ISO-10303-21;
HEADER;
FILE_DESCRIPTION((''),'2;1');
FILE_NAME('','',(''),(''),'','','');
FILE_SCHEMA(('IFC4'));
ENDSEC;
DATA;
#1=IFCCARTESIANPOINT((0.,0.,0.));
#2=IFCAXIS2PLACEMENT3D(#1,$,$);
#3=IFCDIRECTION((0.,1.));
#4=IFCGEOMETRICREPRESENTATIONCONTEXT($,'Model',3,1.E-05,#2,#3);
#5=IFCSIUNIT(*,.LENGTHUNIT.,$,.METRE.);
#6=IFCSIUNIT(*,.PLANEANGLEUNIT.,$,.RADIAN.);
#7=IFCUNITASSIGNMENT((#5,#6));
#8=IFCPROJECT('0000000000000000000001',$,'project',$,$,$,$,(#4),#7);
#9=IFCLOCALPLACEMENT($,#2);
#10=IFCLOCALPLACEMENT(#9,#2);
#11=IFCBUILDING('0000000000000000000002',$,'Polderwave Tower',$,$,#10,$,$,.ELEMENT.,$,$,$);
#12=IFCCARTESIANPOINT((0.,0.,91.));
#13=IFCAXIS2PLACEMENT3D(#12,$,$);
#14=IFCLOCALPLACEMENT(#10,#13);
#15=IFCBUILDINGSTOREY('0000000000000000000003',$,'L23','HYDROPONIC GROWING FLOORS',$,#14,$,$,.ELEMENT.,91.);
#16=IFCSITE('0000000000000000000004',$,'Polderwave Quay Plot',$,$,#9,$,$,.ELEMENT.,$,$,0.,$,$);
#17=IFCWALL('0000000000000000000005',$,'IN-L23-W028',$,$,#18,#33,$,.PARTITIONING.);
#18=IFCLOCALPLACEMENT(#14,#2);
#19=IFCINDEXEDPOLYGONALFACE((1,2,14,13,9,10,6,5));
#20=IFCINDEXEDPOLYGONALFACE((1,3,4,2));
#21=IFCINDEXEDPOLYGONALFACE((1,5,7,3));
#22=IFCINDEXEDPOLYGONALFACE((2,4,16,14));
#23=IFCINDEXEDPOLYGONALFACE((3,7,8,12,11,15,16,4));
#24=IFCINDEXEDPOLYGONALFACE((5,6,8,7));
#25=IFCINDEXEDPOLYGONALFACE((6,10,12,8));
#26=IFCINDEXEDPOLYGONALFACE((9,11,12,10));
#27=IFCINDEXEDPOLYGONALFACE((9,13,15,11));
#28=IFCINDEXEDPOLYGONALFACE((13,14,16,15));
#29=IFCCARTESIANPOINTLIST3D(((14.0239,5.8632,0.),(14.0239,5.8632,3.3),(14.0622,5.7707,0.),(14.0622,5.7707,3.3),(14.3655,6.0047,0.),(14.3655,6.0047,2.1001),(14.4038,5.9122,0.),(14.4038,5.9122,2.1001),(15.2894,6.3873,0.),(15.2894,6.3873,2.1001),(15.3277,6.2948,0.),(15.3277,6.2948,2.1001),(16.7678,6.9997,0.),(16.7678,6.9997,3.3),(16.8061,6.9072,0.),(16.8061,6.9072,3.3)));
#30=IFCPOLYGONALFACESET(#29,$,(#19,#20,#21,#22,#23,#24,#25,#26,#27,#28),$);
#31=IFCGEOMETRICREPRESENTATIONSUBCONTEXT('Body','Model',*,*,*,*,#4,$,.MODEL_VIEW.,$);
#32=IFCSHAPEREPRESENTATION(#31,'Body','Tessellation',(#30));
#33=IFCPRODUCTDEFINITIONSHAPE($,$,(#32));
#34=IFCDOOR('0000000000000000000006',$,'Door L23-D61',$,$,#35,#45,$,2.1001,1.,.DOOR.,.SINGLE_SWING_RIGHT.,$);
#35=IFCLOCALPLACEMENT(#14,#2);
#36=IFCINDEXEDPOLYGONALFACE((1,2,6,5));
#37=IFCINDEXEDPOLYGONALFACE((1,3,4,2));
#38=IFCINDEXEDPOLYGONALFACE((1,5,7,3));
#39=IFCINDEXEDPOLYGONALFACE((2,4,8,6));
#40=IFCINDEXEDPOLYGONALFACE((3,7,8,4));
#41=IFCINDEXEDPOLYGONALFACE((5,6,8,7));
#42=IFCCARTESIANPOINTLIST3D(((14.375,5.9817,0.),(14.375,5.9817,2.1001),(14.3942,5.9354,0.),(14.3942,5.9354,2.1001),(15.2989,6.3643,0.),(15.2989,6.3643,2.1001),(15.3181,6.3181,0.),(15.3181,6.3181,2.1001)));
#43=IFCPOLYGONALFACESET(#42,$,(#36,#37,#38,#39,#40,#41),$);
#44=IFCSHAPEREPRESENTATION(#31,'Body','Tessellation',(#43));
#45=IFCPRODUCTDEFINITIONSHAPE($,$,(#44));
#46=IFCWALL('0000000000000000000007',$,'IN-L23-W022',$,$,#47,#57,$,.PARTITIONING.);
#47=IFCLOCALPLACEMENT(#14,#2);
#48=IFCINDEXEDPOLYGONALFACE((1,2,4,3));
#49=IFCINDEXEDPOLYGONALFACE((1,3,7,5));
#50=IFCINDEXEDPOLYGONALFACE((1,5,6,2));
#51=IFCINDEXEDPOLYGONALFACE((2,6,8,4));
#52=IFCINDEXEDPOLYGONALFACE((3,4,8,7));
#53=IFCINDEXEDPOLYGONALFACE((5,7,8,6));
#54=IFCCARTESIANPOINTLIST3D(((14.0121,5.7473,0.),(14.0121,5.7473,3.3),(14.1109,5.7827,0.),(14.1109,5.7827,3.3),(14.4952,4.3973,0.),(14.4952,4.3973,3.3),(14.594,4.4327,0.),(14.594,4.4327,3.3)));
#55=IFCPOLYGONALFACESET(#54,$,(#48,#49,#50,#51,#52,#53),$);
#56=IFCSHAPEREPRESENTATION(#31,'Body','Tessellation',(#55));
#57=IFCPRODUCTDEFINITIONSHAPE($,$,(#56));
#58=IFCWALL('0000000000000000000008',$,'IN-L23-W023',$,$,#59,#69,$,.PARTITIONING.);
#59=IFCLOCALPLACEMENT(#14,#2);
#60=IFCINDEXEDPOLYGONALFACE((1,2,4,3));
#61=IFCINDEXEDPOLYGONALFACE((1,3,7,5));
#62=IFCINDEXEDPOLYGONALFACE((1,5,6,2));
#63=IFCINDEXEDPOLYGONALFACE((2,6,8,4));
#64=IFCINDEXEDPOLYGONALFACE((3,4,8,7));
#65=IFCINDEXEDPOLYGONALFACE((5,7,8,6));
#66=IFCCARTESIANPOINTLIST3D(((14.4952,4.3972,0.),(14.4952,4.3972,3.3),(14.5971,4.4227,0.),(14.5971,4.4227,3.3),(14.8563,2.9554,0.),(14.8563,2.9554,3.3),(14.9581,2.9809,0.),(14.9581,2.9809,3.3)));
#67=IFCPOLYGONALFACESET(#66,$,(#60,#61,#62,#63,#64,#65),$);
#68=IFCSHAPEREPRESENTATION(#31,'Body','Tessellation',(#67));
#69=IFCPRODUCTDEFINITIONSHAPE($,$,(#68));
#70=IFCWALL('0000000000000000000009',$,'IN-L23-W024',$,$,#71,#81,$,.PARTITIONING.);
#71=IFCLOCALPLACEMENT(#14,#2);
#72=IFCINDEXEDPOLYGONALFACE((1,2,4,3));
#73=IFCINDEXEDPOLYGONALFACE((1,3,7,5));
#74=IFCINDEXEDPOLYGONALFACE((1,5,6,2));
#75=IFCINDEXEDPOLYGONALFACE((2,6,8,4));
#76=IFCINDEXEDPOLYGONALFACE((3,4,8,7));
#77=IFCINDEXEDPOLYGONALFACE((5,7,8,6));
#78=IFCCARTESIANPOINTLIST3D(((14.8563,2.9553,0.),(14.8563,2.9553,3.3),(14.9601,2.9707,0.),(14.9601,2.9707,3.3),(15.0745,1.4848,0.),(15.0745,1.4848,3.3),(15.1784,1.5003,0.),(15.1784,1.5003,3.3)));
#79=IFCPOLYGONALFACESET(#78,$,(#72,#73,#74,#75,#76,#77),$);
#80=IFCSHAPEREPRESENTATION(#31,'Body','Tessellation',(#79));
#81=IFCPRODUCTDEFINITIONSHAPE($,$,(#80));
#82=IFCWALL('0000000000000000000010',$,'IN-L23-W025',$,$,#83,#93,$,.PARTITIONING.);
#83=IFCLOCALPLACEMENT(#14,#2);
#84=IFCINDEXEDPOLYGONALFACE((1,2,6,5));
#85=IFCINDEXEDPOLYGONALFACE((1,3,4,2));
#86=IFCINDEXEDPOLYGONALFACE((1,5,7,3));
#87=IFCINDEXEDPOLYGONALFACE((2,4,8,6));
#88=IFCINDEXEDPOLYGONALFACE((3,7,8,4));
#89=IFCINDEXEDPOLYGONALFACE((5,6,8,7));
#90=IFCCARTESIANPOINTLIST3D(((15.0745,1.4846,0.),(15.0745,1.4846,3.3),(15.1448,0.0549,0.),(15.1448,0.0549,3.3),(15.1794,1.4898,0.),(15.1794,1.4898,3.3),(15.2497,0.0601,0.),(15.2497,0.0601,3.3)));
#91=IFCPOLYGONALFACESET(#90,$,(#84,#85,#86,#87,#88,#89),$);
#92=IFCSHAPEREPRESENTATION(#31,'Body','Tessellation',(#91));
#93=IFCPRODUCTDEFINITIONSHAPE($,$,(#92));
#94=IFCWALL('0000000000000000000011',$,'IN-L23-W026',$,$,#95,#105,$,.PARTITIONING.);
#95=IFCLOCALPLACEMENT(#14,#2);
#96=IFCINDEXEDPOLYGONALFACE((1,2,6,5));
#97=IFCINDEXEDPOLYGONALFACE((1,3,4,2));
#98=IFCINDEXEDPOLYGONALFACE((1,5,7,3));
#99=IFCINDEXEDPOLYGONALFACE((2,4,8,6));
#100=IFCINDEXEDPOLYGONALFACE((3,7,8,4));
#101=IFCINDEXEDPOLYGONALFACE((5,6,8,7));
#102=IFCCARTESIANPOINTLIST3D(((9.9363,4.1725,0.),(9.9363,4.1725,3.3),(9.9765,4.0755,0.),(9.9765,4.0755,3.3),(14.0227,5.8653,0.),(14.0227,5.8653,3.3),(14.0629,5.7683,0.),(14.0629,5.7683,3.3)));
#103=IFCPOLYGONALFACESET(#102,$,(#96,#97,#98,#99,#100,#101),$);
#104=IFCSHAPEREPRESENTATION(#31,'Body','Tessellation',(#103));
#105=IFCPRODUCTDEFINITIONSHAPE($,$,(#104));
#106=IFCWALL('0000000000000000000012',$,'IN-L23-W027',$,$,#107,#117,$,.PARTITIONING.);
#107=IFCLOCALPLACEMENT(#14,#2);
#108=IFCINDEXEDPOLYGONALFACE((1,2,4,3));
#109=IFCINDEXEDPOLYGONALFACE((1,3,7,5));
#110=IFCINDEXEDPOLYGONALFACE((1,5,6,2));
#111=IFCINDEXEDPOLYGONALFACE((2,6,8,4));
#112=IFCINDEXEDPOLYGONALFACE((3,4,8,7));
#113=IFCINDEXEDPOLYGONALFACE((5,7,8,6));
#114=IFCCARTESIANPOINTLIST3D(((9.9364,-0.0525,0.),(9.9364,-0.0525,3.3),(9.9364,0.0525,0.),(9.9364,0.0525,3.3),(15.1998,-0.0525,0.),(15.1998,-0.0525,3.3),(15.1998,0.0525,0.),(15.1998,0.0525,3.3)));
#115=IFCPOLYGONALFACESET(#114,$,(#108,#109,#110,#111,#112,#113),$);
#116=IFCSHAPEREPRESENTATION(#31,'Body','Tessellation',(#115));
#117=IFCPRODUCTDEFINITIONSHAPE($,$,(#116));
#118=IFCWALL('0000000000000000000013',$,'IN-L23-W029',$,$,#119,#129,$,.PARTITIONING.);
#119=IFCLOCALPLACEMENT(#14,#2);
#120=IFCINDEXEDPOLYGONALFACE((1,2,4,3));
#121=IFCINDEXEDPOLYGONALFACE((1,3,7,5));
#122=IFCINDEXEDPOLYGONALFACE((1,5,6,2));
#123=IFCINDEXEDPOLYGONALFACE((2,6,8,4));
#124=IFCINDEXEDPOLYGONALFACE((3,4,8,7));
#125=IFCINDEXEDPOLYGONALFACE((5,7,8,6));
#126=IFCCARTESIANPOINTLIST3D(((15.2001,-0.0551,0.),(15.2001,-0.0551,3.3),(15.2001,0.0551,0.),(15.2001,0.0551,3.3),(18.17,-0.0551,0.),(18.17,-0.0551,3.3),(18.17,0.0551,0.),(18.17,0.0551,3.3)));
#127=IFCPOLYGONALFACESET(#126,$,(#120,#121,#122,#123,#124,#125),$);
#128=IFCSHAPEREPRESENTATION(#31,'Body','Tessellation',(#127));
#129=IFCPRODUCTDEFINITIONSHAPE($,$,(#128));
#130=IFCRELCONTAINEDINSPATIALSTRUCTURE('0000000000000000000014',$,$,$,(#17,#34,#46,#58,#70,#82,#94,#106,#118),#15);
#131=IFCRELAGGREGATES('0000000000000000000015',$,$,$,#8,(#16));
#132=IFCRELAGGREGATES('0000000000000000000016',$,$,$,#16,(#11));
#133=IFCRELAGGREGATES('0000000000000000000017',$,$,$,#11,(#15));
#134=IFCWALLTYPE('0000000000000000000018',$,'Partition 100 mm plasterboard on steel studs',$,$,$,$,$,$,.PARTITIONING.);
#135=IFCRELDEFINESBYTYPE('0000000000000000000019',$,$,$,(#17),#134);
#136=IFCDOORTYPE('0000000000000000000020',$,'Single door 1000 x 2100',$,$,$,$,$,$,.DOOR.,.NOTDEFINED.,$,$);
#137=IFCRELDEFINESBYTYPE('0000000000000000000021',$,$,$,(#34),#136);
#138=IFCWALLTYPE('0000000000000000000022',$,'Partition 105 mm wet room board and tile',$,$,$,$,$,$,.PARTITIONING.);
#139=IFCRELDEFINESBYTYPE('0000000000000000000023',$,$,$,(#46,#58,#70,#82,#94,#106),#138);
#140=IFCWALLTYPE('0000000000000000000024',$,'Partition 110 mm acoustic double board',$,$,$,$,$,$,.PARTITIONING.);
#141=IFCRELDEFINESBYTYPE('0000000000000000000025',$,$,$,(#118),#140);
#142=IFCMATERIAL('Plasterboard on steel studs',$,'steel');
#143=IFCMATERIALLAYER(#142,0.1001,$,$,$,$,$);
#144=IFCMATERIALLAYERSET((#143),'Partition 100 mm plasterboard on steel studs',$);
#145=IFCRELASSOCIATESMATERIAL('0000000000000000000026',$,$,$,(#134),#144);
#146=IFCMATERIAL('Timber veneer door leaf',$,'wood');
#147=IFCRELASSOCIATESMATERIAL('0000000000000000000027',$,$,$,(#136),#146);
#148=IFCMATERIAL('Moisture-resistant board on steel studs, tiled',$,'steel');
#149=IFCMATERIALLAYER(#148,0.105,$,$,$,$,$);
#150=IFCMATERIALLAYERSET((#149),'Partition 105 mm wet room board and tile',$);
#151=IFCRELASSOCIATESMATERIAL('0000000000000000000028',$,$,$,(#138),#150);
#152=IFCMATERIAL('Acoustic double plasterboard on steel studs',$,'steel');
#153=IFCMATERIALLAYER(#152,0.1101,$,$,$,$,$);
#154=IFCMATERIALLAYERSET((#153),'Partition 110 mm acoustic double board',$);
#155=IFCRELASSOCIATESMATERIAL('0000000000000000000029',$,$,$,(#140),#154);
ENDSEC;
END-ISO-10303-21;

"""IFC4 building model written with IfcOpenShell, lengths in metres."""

from ifc_helpers import new_model, si_unit, direction, frame, frame_2d, origin, place, context, subcontext, project, spatial, rectangle, extrude, material, layer, layer_set, type_object, element, fill, save


model = new_model("IFC4")

# Units and contexts
model_context = context("Model", 3, precision=1e-05, world=origin(), true_north=direction((0.0, 1.0)))
body_context = subcontext(model_context, "Body", "Model", "MODEL_VIEW")
ifc_project = project(units=[si_unit("LENGTHUNIT", "METRE"), si_unit("PLANEANGLEUNIT", "RADIAN")], contexts=[model_context])

# Site, building, storey
site_placement = place(None, origin())
site = spatial("IfcSite", under=ifc_project, at=site_placement, Name="Polderwave Quay Plot", CompositionType="ELEMENT", RefElevation=0.0)
building_placement = place(site_placement, origin())
building = spatial("IfcBuilding", under=site, at=building_placement, Name="Polderwave Tower", CompositionType="ELEMENT")
storey_placement = place(building_placement, frame((0.0, 0.0, 91.0)))
storey = spatial("IfcBuildingStorey", under=building, at=storey_placement, Name="L23", Description="HYDROPONIC GROWING FLOORS", CompositionType="ELEMENT", Elevation=91.0)

# Wall, opening, door
ifc_material_1 = material(Name="Plasterboard on steel studs", Category="steel")
ifc_layer_1 = layer(ifc_material_1, 0.1001)
ifc_layer_set_1 = layer_set([ifc_layer_1], Name="Partition 100 mm plasterboard on steel studs")
wall_type_1 = type_object("IfcWallType", Name="Partition 100 mm plasterboard on steel studs", PredefinedType="PARTITIONING", material=ifc_layer_set_1)
wall_1_placement = place(storey_placement, frame((16.7869, 6.9534, 0.0), z_axis=(0.0, 0.0, 1.0), x_axis=(-0.92389, -0.382659, 0.0)))
wall_1 = element("IfcWall", 1, at=wall_1_placement, inside=storey, type_object=wall_type_1, Name="IN-L23-W028", PredefinedType="PARTITIONING", context=body_context, shape_type="SweptSolid", body=[
    extrude(rectangle(XDim=2.97, YDim=0.1001, at=frame_2d((1.4849, 0.0))), origin(), (0.0, 0.0, 1.0), 3.3),
])
opening_placement = place(wall_1_placement, frame((1.6001, 0.0, 0.0)))
opening = element("IfcOpeningElement", 2, at=opening_placement, cuts=wall_1, PredefinedType="OPENING", context=body_context, shape_type="SweptSolid", body=[
    extrude(rectangle(XDim=1.0, YDim=2.1001, at=frame_2d((0.5, 1.05))), frame((0.0, 0.0601, 0.0), z_axis=(0.0, -1.0, 0.0), x_axis=(1.0, 0.0, 0.0)), (0.0, 0.0, 1.0), 0.1201),
])
ifc_material_2 = material(Name="Timber veneer door leaf", Category="wood")
door_type = type_object("IfcDoorType", Name="Single door 1000 x 2100", OperationType="NOTDEFINED", PredefinedType="DOOR", material=ifc_material_2)
door_placement = place(opening_placement, origin())
door = element("IfcDoor", 3, at=door_placement, inside=storey, type_object=door_type, Name="Door L23-D61", OperationType="SINGLE_SWING_RIGHT", OverallHeight=2.1001, OverallWidth=1.0, PredefinedType="DOOR", context=body_context, shape_type="SweptSolid", body=[
    extrude(rectangle(XDim=1.0, YDim=2.1001, at=frame_2d((0.5, 1.05))), frame((0.0, 0.0249, 0.0), z_axis=(0.0, -1.0, 0.0), x_axis=(1.0, 0.0, 0.0)), (0.0, 0.0, 1.0), 0.05),
])
fill(opening, door)

# Walls
ifc_material_3 = material(Name="Moisture-resistant board on steel studs, tiled", Category="steel")
ifc_layer_2 = layer(ifc_material_3, 0.105)
ifc_layer_set_2 = layer_set([ifc_layer_2], Name="Partition 105 mm wet room board and tile")
wall_type_2 = type_object("IfcWallType", Name="Partition 105 mm wet room board and tile", PredefinedType="PARTITIONING", material=ifc_layer_set_2)
wall_2_placement = place(storey_placement, frame((14.0615, 5.7649, 0.0), z_axis=(0.0, 0.0, 1.0), x_axis=(0.33694, -0.941526, 0.0)))
element("IfcWall", 4, at=wall_2_placement, inside=storey, type_object=wall_type_2, Name="IN-L23-W022", PredefinedType="PARTITIONING", context=body_context, shape_type="SweptSolid", body=[
    extrude(rectangle(XDim=1.4338, YDim=0.105, at=frame_2d((0.7168, 0.0))), origin(), (0.0, 0.0, 1.0), 3.3),
])
wall_3_placement = place(storey_placement, frame((14.5461, 4.4099, 0.0), z_axis=(0.0, 0.0, 1.0), x_axis=(0.242922, -0.970046, 0.0)))
element("IfcWall", 5, at=wall_3_placement, inside=storey, type_object=wall_type_2, Name="IN-L23-W023", PredefinedType="PARTITIONING", context=body_context, shape_type="SweptSolid", body=[
    extrude(rectangle(XDim=1.4863, YDim=0.105, at=frame_2d((0.7432, 0.0))), origin(), (0.0, 0.0, 1.0), 3.3),
])
wall_4_placement = place(storey_placement, frame((14.9082, 2.9629, 0.0), z_axis=(0.0, 0.0, 1.0), x_axis=(0.146822, -0.989163, 0.0)))
element("IfcWall", 6, at=wall_4_placement, inside=storey, type_object=wall_type_2, Name="IN-L23-W024", PredefinedType="PARTITIONING", context=body_context, shape_type="SweptSolid", body=[
    extrude(rectangle(XDim=1.4866, YDim=0.105, at=frame_2d((0.7432, 0.0))), origin(), (0.0, 0.0, 1.0), 3.3),
])
wall_5_placement = place(storey_placement, frame((15.127, 1.4873, 0.0), z_axis=(0.0, 0.0, 1.0), x_axis=(0.049121, -0.998793, 0.0)))
element("IfcWall", 7, at=wall_5_placement, inside=storey, type_object=wall_type_2, Name="IN-L23-W025", PredefinedType="PARTITIONING", context=body_context, shape_type="SweptSolid", body=[
    extrude(rectangle(XDim=1.4314, YDim=0.105, at=frame_2d((0.7158, 0.0))), origin(), (0.0, 0.0, 1.0), 3.3),
])
wall_6_placement = place(storey_placement, frame((9.9565, 4.124, 0.0), z_axis=(0.0, 0.0, 1.0), x_axis=(0.923862, 0.382726, 0.0)))
element("IfcWall", 8, at=wall_6_placement, inside=storey, type_object=wall_type_2, Name="IN-L23-W026", PredefinedType="PARTITIONING", context=body_context, shape_type="SweptSolid", body=[
    extrude(rectangle(XDim=4.4231, YDim=0.105, at=frame_2d((2.2114, 0.0))), origin(), (0.0, 0.0, 1.0), 3.3),
])
wall_7_placement = place(storey_placement, frame((15.2, 0.0, 0.0), z_axis=(0.0, 0.0, 1.0), x_axis=(-1.0, 0.0, 0.0)))
element("IfcWall", 9, at=wall_7_placement, inside=storey, type_object=wall_type_2, Name="IN-L23-W027", PredefinedType="PARTITIONING", context=body_context, shape_type="SweptSolid", body=[
    extrude(rectangle(XDim=5.2634, YDim=0.105, at=frame_2d((2.6318, 0.0))), origin(), (0.0, 0.0, 1.0), 3.3),
])
ifc_material_4 = material(Name="Acoustic double plasterboard on steel studs", Category="steel")
ifc_layer_3 = layer(ifc_material_4, 0.1101)
ifc_layer_set_3 = layer_set([ifc_layer_3], Name="Partition 110 mm acoustic double board")
wall_type_3 = type_object("IfcWallType", Name="Partition 110 mm acoustic double board", PredefinedType="PARTITIONING", material=ifc_layer_set_3)
wall_8_placement = place(storey_placement, frame((18.1699, 0.0, 0.0), z_axis=(0.0, 0.0, 1.0), x_axis=(-1.0, 0.0, 0.0)))
element("IfcWall", 10, at=wall_8_placement, inside=storey, type_object=wall_type_3, Name="IN-L23-W029", PredefinedType="PARTITIONING", context=body_context, shape_type="SweptSolid", body=[
    extrude(rectangle(XDim=2.97, YDim=0.1101, at=frame_2d((1.4849, 0.0))), origin(), (0.0, 0.0, 1.0), 3.3),
])

save(model, "model.ifc")
